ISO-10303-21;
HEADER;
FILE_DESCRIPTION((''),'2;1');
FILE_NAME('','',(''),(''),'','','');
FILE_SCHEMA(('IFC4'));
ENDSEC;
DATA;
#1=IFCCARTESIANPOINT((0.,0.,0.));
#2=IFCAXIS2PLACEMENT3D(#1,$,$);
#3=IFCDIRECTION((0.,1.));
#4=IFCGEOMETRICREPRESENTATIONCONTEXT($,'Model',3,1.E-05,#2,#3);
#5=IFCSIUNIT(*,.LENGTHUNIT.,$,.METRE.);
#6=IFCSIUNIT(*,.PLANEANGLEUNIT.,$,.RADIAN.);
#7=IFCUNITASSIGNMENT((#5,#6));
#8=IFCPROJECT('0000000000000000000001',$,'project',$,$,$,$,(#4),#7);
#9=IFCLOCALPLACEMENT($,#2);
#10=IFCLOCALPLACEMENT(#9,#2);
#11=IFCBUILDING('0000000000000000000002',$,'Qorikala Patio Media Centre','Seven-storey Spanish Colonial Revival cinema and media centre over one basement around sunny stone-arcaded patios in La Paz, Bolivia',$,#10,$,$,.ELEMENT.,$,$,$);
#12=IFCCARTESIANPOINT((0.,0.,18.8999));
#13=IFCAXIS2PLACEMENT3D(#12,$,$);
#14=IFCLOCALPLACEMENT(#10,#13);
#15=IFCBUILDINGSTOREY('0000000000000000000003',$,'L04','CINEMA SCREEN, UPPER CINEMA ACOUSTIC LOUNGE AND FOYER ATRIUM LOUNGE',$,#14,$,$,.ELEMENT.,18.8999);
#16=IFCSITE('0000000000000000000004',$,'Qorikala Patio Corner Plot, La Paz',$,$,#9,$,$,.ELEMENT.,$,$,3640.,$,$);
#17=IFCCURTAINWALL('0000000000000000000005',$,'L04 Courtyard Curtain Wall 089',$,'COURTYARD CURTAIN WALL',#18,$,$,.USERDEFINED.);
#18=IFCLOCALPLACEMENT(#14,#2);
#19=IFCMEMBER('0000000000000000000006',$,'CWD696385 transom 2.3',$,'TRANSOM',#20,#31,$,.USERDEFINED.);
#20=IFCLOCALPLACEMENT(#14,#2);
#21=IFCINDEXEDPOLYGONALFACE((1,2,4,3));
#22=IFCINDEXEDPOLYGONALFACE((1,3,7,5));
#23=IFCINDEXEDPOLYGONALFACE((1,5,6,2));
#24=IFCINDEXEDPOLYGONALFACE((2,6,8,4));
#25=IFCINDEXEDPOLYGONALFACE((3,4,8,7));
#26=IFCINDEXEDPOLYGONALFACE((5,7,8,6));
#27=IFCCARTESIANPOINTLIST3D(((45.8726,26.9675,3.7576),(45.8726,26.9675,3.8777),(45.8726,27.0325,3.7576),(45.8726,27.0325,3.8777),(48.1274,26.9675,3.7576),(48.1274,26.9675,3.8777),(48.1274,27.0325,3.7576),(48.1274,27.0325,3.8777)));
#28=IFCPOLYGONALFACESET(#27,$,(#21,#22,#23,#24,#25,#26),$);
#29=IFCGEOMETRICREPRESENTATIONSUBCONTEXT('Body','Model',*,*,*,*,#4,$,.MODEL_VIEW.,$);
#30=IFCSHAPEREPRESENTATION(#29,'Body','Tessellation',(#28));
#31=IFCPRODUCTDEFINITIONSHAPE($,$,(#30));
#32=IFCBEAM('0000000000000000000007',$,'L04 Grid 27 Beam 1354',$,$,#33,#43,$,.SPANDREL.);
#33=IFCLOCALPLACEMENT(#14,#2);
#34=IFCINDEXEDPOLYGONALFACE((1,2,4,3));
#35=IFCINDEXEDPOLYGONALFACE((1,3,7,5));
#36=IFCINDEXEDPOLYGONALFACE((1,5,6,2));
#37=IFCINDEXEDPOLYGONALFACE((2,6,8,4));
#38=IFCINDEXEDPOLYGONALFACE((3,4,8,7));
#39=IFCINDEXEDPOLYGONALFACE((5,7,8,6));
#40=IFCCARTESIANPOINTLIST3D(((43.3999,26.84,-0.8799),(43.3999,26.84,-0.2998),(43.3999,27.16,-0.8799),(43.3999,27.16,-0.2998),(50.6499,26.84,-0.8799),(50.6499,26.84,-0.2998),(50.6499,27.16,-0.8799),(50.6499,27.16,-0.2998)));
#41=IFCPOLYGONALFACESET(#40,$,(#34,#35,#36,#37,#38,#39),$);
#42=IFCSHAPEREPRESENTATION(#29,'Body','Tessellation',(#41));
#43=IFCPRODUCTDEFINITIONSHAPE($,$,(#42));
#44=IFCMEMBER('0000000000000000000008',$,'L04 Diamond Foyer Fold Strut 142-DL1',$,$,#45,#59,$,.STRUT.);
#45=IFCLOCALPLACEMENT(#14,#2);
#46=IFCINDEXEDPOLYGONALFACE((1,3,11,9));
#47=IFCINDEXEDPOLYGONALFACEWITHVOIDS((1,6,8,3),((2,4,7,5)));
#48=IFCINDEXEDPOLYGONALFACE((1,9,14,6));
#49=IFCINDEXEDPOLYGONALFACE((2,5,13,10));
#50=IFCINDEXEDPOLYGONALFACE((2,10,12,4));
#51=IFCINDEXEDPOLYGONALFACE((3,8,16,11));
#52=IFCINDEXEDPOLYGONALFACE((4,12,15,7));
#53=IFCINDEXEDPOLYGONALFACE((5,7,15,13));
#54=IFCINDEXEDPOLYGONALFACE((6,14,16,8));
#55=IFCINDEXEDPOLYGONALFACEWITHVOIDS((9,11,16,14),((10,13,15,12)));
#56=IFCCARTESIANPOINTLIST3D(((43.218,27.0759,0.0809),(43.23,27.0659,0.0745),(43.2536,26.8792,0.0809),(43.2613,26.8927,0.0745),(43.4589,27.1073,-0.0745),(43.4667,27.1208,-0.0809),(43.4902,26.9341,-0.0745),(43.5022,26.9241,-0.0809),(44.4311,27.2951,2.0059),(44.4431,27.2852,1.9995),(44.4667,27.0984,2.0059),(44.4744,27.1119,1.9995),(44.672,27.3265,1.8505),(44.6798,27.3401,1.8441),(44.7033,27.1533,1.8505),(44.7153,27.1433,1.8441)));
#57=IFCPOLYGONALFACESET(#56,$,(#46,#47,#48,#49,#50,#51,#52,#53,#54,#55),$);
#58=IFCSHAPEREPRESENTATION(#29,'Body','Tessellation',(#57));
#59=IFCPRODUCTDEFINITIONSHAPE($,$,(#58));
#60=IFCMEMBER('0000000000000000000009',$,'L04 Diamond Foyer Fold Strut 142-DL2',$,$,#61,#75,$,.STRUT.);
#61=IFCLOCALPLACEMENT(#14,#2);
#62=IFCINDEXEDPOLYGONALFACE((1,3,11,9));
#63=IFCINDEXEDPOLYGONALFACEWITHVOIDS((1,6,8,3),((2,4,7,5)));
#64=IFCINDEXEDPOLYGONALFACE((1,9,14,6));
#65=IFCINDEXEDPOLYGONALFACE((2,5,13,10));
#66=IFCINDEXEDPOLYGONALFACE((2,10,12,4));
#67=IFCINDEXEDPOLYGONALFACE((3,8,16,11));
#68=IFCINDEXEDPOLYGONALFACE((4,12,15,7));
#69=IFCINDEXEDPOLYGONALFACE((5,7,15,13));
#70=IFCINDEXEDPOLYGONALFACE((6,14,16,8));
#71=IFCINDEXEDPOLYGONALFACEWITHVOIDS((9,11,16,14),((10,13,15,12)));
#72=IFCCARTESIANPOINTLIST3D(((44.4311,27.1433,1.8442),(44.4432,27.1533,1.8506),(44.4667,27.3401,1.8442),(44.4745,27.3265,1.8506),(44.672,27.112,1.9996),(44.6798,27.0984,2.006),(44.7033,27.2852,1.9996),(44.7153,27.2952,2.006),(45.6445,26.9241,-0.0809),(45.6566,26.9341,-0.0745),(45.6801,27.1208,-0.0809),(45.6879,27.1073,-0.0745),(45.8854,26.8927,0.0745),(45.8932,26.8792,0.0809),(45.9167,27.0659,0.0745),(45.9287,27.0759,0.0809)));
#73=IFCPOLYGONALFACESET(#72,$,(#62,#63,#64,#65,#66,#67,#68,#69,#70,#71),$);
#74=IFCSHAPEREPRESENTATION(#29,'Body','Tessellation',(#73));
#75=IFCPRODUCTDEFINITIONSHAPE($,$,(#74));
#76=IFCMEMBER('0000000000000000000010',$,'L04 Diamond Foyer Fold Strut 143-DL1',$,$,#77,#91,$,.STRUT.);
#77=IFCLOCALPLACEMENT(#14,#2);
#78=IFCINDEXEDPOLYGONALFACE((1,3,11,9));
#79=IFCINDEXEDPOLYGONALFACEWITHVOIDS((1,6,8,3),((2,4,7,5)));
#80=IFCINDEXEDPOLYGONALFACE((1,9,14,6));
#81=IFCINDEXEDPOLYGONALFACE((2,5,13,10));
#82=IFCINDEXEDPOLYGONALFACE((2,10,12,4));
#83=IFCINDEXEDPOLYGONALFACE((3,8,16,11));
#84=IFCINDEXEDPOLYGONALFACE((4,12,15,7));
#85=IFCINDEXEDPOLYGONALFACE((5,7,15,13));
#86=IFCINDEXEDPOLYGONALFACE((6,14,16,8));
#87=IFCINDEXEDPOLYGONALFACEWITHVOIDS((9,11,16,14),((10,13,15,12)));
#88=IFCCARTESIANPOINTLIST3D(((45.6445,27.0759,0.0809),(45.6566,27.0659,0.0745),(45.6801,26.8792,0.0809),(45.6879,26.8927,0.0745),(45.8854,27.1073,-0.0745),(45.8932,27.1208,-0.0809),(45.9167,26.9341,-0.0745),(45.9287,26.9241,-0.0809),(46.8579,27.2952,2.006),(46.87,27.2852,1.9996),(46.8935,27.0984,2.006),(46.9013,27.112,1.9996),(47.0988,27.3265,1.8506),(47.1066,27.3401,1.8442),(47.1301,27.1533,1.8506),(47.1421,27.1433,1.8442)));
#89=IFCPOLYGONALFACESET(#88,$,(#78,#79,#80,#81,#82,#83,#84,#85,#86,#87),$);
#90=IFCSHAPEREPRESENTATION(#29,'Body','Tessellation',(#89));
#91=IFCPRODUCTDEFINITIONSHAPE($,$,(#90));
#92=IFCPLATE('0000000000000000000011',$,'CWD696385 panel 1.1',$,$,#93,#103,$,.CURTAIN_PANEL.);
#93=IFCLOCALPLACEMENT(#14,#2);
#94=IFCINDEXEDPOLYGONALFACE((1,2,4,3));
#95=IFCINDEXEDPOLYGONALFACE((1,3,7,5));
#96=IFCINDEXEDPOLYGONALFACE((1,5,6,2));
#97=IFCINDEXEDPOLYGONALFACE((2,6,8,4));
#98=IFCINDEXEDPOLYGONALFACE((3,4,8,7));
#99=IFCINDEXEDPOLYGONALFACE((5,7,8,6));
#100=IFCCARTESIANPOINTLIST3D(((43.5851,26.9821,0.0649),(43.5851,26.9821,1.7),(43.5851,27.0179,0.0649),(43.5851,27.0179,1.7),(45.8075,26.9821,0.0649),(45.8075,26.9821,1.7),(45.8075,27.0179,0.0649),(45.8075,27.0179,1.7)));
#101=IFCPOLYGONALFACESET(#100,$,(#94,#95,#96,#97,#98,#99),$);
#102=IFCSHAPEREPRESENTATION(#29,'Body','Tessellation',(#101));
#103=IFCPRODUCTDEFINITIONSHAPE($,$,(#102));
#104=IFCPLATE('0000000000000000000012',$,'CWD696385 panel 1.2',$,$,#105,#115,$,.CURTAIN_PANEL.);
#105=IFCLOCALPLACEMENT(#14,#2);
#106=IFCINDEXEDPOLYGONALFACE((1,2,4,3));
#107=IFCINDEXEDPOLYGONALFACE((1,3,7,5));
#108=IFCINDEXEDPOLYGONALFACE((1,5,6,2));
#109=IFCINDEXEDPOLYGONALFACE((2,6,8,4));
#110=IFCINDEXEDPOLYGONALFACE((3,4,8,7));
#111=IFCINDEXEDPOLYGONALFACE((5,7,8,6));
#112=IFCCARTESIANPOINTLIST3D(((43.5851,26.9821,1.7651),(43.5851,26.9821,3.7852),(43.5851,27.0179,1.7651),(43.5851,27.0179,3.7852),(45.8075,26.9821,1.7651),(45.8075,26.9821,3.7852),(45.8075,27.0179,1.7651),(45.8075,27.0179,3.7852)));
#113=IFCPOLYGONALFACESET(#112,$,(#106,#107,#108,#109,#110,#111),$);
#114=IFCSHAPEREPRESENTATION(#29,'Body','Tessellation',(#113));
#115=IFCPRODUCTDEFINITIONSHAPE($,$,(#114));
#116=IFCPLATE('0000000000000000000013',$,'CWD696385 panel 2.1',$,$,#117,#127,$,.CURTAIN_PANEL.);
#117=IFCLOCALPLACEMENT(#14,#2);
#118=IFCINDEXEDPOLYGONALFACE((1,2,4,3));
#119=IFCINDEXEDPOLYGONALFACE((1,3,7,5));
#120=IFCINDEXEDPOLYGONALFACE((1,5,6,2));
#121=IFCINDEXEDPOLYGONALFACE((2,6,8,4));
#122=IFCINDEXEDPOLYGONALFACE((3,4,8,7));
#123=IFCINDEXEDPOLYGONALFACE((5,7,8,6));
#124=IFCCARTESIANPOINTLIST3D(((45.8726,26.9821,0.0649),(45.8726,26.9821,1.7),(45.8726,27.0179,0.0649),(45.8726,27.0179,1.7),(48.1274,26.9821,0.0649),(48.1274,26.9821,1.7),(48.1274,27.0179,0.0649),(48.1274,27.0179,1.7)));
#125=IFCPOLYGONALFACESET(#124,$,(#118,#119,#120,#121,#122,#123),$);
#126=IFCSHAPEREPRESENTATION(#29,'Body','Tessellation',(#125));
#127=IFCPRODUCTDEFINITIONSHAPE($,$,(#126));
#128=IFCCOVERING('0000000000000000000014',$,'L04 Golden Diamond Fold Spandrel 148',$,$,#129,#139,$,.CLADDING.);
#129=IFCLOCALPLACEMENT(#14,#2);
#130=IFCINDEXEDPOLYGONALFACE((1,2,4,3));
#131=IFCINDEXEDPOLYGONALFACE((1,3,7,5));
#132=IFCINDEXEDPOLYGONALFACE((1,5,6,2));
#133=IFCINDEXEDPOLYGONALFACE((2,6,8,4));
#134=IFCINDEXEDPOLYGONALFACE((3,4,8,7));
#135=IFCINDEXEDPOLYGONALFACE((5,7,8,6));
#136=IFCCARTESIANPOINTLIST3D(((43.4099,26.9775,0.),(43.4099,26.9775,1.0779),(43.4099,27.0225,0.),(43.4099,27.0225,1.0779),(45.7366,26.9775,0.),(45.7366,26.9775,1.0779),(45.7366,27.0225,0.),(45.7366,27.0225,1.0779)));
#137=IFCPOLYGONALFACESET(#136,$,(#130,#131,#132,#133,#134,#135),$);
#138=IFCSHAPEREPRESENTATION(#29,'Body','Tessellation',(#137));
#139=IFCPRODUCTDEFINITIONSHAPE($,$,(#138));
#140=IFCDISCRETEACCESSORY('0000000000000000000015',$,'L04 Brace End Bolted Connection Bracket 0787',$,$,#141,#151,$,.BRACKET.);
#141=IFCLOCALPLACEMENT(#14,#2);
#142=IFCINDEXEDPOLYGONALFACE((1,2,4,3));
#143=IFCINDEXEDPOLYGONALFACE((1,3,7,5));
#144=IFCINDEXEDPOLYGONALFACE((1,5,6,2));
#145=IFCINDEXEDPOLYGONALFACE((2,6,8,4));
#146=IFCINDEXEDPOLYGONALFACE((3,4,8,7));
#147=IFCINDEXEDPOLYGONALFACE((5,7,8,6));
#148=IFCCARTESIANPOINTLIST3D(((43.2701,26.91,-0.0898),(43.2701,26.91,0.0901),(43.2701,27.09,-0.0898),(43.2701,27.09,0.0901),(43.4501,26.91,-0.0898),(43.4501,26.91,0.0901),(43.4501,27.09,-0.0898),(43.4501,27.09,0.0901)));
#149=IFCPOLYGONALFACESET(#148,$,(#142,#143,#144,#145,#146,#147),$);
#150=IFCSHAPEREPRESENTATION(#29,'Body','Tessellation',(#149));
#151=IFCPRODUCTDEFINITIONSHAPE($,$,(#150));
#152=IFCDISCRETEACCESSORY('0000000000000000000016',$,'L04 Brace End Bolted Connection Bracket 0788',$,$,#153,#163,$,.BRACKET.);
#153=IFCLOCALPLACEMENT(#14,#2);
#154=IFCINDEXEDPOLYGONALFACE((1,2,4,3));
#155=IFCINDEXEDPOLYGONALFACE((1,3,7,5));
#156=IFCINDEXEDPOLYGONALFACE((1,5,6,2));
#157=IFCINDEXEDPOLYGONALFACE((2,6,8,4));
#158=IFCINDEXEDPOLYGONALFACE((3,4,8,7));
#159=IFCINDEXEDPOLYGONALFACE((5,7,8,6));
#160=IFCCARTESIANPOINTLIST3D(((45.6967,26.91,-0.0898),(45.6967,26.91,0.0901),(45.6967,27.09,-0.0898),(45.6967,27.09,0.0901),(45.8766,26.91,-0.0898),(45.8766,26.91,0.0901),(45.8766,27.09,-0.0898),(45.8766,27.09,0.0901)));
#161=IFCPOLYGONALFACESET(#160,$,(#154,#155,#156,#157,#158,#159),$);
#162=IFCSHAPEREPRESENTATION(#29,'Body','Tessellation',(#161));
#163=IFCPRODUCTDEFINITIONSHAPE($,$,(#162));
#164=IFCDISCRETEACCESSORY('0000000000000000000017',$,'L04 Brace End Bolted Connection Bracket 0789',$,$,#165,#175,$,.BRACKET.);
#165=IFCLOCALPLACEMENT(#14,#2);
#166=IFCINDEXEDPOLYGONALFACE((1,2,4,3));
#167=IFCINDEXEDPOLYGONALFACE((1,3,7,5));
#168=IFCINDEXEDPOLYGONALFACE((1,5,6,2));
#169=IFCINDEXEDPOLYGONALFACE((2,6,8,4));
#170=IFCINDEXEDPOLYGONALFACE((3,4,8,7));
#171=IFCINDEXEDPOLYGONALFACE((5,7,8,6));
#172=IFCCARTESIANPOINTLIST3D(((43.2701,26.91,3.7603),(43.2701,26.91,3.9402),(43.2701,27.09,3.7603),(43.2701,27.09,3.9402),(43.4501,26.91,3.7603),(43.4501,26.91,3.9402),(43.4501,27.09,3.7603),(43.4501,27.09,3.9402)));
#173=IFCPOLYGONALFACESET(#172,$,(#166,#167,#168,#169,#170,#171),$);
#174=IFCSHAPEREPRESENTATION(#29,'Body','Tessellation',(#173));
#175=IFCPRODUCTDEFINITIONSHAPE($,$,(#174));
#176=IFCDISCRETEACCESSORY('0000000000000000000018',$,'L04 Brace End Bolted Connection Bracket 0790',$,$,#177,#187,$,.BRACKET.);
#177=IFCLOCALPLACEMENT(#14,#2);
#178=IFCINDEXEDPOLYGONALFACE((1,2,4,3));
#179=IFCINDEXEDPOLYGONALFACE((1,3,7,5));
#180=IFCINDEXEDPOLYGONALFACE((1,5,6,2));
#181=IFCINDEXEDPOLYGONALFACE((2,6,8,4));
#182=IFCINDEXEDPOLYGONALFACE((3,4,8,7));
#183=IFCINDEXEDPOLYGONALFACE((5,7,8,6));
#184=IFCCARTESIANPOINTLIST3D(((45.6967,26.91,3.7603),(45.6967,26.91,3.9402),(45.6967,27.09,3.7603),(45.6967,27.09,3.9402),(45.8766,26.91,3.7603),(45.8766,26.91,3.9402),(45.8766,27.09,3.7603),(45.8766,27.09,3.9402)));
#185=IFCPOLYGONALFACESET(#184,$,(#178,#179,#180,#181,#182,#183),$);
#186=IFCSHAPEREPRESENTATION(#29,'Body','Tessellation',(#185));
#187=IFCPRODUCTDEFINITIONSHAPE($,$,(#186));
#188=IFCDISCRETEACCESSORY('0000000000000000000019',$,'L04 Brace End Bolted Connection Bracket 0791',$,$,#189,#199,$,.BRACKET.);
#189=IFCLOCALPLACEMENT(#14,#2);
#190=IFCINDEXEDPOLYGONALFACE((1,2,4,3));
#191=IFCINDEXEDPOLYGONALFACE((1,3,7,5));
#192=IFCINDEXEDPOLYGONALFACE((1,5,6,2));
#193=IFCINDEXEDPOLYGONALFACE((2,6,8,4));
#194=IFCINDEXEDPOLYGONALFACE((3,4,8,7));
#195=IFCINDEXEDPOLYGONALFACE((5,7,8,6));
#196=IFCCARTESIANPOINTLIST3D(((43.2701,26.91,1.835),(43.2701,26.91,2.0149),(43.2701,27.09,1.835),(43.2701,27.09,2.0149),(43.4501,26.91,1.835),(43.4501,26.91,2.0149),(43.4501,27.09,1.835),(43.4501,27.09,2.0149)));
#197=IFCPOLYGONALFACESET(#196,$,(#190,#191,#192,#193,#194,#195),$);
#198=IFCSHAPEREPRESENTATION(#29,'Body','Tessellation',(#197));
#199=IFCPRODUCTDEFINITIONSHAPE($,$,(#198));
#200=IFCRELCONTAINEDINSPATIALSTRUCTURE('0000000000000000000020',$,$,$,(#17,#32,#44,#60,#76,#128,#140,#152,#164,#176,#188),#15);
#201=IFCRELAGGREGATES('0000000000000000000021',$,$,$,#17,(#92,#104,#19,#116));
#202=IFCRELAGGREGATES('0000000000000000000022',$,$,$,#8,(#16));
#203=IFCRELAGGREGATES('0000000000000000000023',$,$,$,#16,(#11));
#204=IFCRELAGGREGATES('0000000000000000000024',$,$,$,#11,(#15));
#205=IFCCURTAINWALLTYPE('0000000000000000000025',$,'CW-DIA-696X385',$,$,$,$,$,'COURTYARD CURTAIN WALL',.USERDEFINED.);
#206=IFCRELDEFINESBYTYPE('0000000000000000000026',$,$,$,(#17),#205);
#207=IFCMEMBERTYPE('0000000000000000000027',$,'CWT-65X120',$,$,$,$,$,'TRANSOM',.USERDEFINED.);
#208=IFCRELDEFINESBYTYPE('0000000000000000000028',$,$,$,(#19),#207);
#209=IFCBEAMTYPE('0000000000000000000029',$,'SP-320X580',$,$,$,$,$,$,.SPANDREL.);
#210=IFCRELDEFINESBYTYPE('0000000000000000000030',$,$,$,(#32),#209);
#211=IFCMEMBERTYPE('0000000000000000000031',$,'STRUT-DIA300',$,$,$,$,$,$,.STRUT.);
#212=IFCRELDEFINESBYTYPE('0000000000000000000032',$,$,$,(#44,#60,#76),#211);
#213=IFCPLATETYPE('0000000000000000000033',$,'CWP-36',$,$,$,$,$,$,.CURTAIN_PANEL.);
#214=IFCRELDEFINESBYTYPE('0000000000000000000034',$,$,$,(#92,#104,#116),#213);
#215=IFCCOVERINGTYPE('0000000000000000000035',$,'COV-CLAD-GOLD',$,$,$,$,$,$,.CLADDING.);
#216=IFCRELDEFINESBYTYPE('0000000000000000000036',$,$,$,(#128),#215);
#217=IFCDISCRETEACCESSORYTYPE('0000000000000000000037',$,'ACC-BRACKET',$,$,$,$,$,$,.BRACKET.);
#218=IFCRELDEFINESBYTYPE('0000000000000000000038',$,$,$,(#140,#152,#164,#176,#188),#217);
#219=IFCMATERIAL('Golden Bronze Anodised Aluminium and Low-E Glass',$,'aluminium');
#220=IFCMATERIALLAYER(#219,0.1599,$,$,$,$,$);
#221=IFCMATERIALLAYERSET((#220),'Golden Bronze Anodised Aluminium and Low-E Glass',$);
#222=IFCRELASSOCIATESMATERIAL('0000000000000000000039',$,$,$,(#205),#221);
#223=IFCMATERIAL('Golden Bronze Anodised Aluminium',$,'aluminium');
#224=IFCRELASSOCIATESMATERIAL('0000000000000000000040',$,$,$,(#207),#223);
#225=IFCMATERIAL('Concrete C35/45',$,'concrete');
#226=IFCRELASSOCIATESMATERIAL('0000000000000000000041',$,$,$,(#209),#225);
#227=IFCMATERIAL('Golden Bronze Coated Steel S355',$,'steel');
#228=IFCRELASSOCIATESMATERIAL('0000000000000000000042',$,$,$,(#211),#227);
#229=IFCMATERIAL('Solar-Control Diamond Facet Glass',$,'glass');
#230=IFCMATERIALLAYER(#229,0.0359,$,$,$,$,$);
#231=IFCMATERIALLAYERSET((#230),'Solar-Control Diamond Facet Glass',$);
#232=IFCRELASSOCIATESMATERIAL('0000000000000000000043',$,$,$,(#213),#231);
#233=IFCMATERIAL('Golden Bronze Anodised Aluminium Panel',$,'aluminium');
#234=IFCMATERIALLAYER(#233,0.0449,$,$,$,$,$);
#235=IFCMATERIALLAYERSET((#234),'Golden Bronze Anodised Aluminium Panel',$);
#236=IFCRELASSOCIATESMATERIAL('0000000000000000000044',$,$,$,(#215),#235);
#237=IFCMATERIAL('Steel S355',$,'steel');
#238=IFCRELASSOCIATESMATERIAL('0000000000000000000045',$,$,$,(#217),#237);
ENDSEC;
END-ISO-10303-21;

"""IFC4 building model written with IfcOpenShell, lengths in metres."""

from ifc_helpers import new_model, si_unit, direction, frame, origin, origin_2d, place, context, subcontext, project, spatial, rectangle, hollow_rectangle, extrude, material, layer, layer_set, material_profile, profile_set, type_object, element, aggregate, save


model = new_model("IFC4")

# Units and contexts
model_context = context("Model", 3, precision=1e-05, world=origin(), true_north=direction((0.0, 1.0)))
body_context = subcontext(model_context, "Body", "Model", "MODEL_VIEW")
ifc_project = project(units=[si_unit("LENGTHUNIT", "METRE"), si_unit("PLANEANGLEUNIT", "RADIAN")], contexts=[model_context])

# Site, building, storey
site_placement = place(None, origin())
site = spatial("IfcSite", under=ifc_project, at=site_placement, Name="Qorikala Patio Corner Plot, La Paz", CompositionType="ELEMENT", RefElevation=3640.0)
building_placement = place(site_placement, origin())
building = spatial("IfcBuilding", under=site, at=building_placement, Name="Qorikala Patio Media Centre", Description="Seven-storey Spanish Colonial Revival cinema and media centre over one basement around sunny stone-arcaded patios in La Paz, Bolivia", CompositionType="ELEMENT")
storey_placement = place(building_placement, frame((0.0, 0.0, 18.8999)))
storey = spatial("IfcBuildingStorey", under=building, at=storey_placement, Name="L04", Description="CINEMA SCREEN, UPPER CINEMA ACOUSTIC LOUNGE AND FOYER ATRIUM LOUNGE", CompositionType="ELEMENT", Elevation=18.8999)

# Shared definitions
ifc_material_1 = material(Name="Concrete C35/45", Category="concrete")

# Shared definitions
ifc_material_2 = material(Name="Golden Bronze Coated Steel S355", Category="steel")

# Curtain wall, member
ifc_material_3 = material(Name="Golden Bronze Anodised Aluminium and Low-E Glass", Category="aluminium")
ifc_layer_1 = layer(ifc_material_3, 0.1599)
ifc_layer_set_1 = layer_set([ifc_layer_1], Name="Golden Bronze Anodised Aluminium and Low-E Glass")
curtain_wall_type = type_object("IfcCurtainWallType", Name="CW-DIA-696X385", ElementType="COURTYARD CURTAIN WALL", PredefinedType="USERDEFINED", material=ifc_layer_set_1)
curtain_wall_placement = place(storey_placement, origin())
curtain_wall = element("IfcCurtainWall", 1, at=curtain_wall_placement, inside=storey, type_object=curtain_wall_type, Name="L04 Courtyard Curtain Wall 089", ObjectType="COURTYARD CURTAIN WALL", PredefinedType="USERDEFINED")
ifc_material_4 = material(Name="Golden Bronze Anodised Aluminium", Category="aluminium")
ifc_material_profile_1 = material_profile(ifc_material_4, rectangle(XDim=0.0649, YDim=0.1201, at=origin_2d()), Name="ALU TRANSOM 65x120")
ifc_profile_set_1 = profile_set([ifc_material_profile_1], Name="Golden Bronze Anodised Aluminium")
member_type_1 = type_object("IfcMemberType", Name="CWT-65X120", ElementType="TRANSOM", PredefinedType="USERDEFINED", material=ifc_profile_set_1)
member_1_placement = place(storey_placement, frame((45.8726, 27.0, 3.8176), z_axis=(1.0, 0.0, 0.0), x_axis=(0.0, 1.0, 0.0)))
member_1 = element("IfcMember", 2, at=member_1_placement, type_object=member_type_1, Name="CWD696385 transom 2.3", ObjectType="TRANSOM", PredefinedType="USERDEFINED", context=body_context, shape_type="SweptSolid", body=[
    extrude(rectangle(XDim=0.0649, YDim=0.1201, at=origin_2d()), origin(), (0.0, 0.0, 1.0), 2.2549),
])

# Beam
ifc_material_profile_2 = material_profile(ifc_material_1, rectangle(XDim=0.3201, YDim=0.5801, at=origin_2d()), Name="RC 320x580")
ifc_profile_set_2 = profile_set([ifc_material_profile_2], Name="Concrete C35/45")
beam_type_1 = type_object("IfcBeamType", Name="SP-320X580", PredefinedType="SPANDREL", material=ifc_profile_set_2)
beam_1_placement = place(storey_placement, frame((43.3999, 27.0, -0.5898), z_axis=(1.0, 0.0, 0.0), x_axis=(0.0, 1.0, 0.0)))
element("IfcBeam", 3, at=beam_1_placement, inside=storey, type_object=beam_type_1, Name="L04 Grid 27 Beam 1354", PredefinedType="SPANDREL", context=body_context, shape_type="SweptSolid", body=[
    extrude(rectangle(XDim=0.3201, YDim=0.5801, at=origin_2d()), origin(), (0.0, 0.0, 1.0), 7.25),
])

# Members
ifc_material_profile_3 = material_profile(ifc_material_2, hollow_rectangle(XDim=0.2, YDim=0.3, WallThickness=0.012, at=origin_2d()), Name="HSS300X200X12")
ifc_profile_set_3 = profile_set([ifc_material_profile_3], Name="Golden Bronze Coated Steel S355")
member_type_2 = type_object("IfcMemberType", Name="STRUT-DIA300", PredefinedType="STRUT", material=ifc_profile_set_3)
member_2_placement = place(storey_placement, frame((43.3601, 27.0, 0.0), z_axis=(0.530691, 0.095907, 0.842121), x_axis=(-0.17784, 0.984059, 0.0)))
element("IfcMember", 4, at=member_2_placement, inside=storey, type_object=member_type_2, Name="L04 Diamond Foyer Fold Strut 142-DL1", PredefinedType="STRUT", context=body_context, shape_type="SweptSolid", body=[
    extrude(hollow_rectangle(XDim=0.2, YDim=0.3, WallThickness=0.012, at=origin_2d()), origin(), (0.0, 0.0, 1.0), 2.2859),
])
for number, where, z_axis, x_axis, name in (
    (5, (45.7866, 27.0, 0.0), (-0.530768, 0.095901, 0.842074), (-0.177805, -0.984066, 0.0), "L04 Diamond Foyer Fold Strut 142-DL2"),
    (6, (45.7866, 27.0, 0.0), (0.530768, 0.095901, 0.842074), (-0.177805, 0.984066, 0.0), "L04 Diamond Foyer Fold Strut 143-DL1"),
):
    element("IfcMember", number, at=place(storey_placement, frame(where, z_axis=z_axis, x_axis=x_axis)), inside=storey, type_object=member_type_2, Name=name, PredefinedType="STRUT", context=body_context, shape_type="SweptSolid", body=[
        extrude(hollow_rectangle(XDim=0.2, YDim=0.3, WallThickness=0.012, at=origin_2d()), origin(), (0.0, 0.0, 1.0), 2.2861),
    ])

# Plates
ifc_material_5 = material(Name="Solar-Control Diamond Facet Glass", Category="glass")
ifc_layer_2 = layer(ifc_material_5, 0.0359)
ifc_layer_set_2 = layer_set([ifc_layer_2], Name="Solar-Control Diamond Facet Glass")
plate_type = type_object("IfcPlateType", Name="CWP-36", PredefinedType="CURTAIN_PANEL", material=ifc_layer_set_2)
plate_1_placement = place(storey_placement, frame((44.6963, 27.0, 0.0649), z_axis=(0.0, 0.0, 1.0), x_axis=(1.0, 0.0, 0.0)))
plate_1 = element("IfcPlate", 7, at=plate_1_placement, type_object=plate_type, Name="CWD696385 panel 1.1", PredefinedType="CURTAIN_PANEL", context=body_context, shape_type="SweptSolid", body=[
    extrude(rectangle(XDim=2.2224, YDim=0.0359, at=origin_2d()), origin(), (0.0, 0.0, 1.0), 1.635),
])
plate_2_placement = place(storey_placement, frame((44.6963, 27.0, 1.7651), z_axis=(0.0, 0.0, 1.0), x_axis=(1.0, 0.0, 0.0)))
plate_2 = element("IfcPlate", 8, at=plate_2_placement, type_object=plate_type, Name="CWD696385 panel 1.2", PredefinedType="CURTAIN_PANEL", context=body_context, shape_type="SweptSolid", body=[
    extrude(rectangle(XDim=2.2224, YDim=0.0359, at=origin_2d()), origin(), (0.0, 0.0, 1.0), 2.02),
])
plate_3_placement = place(storey_placement, frame((47.0, 27.0, 0.0649), z_axis=(0.0, 0.0, 1.0), x_axis=(1.0, 0.0, 0.0)))
plate_3 = element("IfcPlate", 9, at=plate_3_placement, type_object=plate_type, Name="CWD696385 panel 2.1", PredefinedType="CURTAIN_PANEL", context=body_context, shape_type="SweptSolid", body=[
    extrude(rectangle(XDim=2.2549, YDim=0.0359, at=origin_2d()), origin(), (0.0, 0.0, 1.0), 1.635),
])
aggregate(curtain_wall, [plate_1, plate_2, member_1, plate_3])

# Covering
ifc_material_6 = material(Name="Golden Bronze Anodised Aluminium Panel", Category="aluminium")
ifc_layer_3 = layer(ifc_material_6, 0.0449)
ifc_layer_set_3 = layer_set([ifc_layer_3], Name="Golden Bronze Anodised Aluminium Panel")
covering_type = type_object("IfcCoveringType", Name="COV-CLAD-GOLD", PredefinedType="CLADDING", material=ifc_layer_set_3)
covering_placement = place(storey_placement, frame((44.5732, 27.0, 0.0), z_axis=(0.0, 0.0, 1.0), x_axis=(1.0, 0.0, 0.0)))
element("IfcCovering", 10, at=covering_placement, inside=storey, type_object=covering_type, Name="L04 Golden Diamond Fold Spandrel 148", PredefinedType="CLADDING", context=body_context, shape_type="SweptSolid", body=[
    extrude(rectangle(XDim=2.3267, YDim=0.0449, at=origin_2d()), origin(), (0.0, 0.0, 1.0), 1.0779),
])

# Discrete accessories
ifc_material_7 = material(Name="Steel S355", Category="steel")
discrete_accessory_type = type_object("IfcDiscreteAccessoryType", Name="ACC-BRACKET", PredefinedType="BRACKET", material=ifc_material_7)
for number, where, z_axis, x_axis, name in (
    (11, (43.3601, 27.0, -0.0898), (0.0, 0.0, 1.0), (1.0, 0.0, 0.0), "L04 Brace End Bolted Connection Bracket 0787"),
    (12, (45.7866, 27.0, -0.0898), (0.0, 0.0, 1.0), (1.0, 0.0, 0.0), "L04 Brace End Bolted Connection Bracket 0788"),
    (13, (43.3601, 27.0, 3.7603), (0.0, 0.0, 1.0), (1.0, 0.0, 0.0), "L04 Brace End Bolted Connection Bracket 0789"),
    (14, (45.7866, 27.0, 3.7603), (0.0, 0.0, 1.0), (1.0, 0.0, 0.0), "L04 Brace End Bolted Connection Bracket 0790"),
    (15, (43.3601, 27.0, 1.835), (0.0, 0.0, 1.0), (1.0, 0.0, 0.0), "L04 Brace End Bolted Connection Bracket 0791"),
):
    element("IfcDiscreteAccessory", number, at=place(storey_placement, frame(where, z_axis=z_axis, x_axis=x_axis)), inside=storey, type_object=discrete_accessory_type, Name=name, PredefinedType="BRACKET", context=body_context, shape_type="SweptSolid", body=[
        extrude(rectangle(XDim=0.1799, YDim=0.1799, at=origin_2d()), origin(), (0.0, 0.0, 1.0), 0.1799),
    ])

save(model, "model.ifc")
